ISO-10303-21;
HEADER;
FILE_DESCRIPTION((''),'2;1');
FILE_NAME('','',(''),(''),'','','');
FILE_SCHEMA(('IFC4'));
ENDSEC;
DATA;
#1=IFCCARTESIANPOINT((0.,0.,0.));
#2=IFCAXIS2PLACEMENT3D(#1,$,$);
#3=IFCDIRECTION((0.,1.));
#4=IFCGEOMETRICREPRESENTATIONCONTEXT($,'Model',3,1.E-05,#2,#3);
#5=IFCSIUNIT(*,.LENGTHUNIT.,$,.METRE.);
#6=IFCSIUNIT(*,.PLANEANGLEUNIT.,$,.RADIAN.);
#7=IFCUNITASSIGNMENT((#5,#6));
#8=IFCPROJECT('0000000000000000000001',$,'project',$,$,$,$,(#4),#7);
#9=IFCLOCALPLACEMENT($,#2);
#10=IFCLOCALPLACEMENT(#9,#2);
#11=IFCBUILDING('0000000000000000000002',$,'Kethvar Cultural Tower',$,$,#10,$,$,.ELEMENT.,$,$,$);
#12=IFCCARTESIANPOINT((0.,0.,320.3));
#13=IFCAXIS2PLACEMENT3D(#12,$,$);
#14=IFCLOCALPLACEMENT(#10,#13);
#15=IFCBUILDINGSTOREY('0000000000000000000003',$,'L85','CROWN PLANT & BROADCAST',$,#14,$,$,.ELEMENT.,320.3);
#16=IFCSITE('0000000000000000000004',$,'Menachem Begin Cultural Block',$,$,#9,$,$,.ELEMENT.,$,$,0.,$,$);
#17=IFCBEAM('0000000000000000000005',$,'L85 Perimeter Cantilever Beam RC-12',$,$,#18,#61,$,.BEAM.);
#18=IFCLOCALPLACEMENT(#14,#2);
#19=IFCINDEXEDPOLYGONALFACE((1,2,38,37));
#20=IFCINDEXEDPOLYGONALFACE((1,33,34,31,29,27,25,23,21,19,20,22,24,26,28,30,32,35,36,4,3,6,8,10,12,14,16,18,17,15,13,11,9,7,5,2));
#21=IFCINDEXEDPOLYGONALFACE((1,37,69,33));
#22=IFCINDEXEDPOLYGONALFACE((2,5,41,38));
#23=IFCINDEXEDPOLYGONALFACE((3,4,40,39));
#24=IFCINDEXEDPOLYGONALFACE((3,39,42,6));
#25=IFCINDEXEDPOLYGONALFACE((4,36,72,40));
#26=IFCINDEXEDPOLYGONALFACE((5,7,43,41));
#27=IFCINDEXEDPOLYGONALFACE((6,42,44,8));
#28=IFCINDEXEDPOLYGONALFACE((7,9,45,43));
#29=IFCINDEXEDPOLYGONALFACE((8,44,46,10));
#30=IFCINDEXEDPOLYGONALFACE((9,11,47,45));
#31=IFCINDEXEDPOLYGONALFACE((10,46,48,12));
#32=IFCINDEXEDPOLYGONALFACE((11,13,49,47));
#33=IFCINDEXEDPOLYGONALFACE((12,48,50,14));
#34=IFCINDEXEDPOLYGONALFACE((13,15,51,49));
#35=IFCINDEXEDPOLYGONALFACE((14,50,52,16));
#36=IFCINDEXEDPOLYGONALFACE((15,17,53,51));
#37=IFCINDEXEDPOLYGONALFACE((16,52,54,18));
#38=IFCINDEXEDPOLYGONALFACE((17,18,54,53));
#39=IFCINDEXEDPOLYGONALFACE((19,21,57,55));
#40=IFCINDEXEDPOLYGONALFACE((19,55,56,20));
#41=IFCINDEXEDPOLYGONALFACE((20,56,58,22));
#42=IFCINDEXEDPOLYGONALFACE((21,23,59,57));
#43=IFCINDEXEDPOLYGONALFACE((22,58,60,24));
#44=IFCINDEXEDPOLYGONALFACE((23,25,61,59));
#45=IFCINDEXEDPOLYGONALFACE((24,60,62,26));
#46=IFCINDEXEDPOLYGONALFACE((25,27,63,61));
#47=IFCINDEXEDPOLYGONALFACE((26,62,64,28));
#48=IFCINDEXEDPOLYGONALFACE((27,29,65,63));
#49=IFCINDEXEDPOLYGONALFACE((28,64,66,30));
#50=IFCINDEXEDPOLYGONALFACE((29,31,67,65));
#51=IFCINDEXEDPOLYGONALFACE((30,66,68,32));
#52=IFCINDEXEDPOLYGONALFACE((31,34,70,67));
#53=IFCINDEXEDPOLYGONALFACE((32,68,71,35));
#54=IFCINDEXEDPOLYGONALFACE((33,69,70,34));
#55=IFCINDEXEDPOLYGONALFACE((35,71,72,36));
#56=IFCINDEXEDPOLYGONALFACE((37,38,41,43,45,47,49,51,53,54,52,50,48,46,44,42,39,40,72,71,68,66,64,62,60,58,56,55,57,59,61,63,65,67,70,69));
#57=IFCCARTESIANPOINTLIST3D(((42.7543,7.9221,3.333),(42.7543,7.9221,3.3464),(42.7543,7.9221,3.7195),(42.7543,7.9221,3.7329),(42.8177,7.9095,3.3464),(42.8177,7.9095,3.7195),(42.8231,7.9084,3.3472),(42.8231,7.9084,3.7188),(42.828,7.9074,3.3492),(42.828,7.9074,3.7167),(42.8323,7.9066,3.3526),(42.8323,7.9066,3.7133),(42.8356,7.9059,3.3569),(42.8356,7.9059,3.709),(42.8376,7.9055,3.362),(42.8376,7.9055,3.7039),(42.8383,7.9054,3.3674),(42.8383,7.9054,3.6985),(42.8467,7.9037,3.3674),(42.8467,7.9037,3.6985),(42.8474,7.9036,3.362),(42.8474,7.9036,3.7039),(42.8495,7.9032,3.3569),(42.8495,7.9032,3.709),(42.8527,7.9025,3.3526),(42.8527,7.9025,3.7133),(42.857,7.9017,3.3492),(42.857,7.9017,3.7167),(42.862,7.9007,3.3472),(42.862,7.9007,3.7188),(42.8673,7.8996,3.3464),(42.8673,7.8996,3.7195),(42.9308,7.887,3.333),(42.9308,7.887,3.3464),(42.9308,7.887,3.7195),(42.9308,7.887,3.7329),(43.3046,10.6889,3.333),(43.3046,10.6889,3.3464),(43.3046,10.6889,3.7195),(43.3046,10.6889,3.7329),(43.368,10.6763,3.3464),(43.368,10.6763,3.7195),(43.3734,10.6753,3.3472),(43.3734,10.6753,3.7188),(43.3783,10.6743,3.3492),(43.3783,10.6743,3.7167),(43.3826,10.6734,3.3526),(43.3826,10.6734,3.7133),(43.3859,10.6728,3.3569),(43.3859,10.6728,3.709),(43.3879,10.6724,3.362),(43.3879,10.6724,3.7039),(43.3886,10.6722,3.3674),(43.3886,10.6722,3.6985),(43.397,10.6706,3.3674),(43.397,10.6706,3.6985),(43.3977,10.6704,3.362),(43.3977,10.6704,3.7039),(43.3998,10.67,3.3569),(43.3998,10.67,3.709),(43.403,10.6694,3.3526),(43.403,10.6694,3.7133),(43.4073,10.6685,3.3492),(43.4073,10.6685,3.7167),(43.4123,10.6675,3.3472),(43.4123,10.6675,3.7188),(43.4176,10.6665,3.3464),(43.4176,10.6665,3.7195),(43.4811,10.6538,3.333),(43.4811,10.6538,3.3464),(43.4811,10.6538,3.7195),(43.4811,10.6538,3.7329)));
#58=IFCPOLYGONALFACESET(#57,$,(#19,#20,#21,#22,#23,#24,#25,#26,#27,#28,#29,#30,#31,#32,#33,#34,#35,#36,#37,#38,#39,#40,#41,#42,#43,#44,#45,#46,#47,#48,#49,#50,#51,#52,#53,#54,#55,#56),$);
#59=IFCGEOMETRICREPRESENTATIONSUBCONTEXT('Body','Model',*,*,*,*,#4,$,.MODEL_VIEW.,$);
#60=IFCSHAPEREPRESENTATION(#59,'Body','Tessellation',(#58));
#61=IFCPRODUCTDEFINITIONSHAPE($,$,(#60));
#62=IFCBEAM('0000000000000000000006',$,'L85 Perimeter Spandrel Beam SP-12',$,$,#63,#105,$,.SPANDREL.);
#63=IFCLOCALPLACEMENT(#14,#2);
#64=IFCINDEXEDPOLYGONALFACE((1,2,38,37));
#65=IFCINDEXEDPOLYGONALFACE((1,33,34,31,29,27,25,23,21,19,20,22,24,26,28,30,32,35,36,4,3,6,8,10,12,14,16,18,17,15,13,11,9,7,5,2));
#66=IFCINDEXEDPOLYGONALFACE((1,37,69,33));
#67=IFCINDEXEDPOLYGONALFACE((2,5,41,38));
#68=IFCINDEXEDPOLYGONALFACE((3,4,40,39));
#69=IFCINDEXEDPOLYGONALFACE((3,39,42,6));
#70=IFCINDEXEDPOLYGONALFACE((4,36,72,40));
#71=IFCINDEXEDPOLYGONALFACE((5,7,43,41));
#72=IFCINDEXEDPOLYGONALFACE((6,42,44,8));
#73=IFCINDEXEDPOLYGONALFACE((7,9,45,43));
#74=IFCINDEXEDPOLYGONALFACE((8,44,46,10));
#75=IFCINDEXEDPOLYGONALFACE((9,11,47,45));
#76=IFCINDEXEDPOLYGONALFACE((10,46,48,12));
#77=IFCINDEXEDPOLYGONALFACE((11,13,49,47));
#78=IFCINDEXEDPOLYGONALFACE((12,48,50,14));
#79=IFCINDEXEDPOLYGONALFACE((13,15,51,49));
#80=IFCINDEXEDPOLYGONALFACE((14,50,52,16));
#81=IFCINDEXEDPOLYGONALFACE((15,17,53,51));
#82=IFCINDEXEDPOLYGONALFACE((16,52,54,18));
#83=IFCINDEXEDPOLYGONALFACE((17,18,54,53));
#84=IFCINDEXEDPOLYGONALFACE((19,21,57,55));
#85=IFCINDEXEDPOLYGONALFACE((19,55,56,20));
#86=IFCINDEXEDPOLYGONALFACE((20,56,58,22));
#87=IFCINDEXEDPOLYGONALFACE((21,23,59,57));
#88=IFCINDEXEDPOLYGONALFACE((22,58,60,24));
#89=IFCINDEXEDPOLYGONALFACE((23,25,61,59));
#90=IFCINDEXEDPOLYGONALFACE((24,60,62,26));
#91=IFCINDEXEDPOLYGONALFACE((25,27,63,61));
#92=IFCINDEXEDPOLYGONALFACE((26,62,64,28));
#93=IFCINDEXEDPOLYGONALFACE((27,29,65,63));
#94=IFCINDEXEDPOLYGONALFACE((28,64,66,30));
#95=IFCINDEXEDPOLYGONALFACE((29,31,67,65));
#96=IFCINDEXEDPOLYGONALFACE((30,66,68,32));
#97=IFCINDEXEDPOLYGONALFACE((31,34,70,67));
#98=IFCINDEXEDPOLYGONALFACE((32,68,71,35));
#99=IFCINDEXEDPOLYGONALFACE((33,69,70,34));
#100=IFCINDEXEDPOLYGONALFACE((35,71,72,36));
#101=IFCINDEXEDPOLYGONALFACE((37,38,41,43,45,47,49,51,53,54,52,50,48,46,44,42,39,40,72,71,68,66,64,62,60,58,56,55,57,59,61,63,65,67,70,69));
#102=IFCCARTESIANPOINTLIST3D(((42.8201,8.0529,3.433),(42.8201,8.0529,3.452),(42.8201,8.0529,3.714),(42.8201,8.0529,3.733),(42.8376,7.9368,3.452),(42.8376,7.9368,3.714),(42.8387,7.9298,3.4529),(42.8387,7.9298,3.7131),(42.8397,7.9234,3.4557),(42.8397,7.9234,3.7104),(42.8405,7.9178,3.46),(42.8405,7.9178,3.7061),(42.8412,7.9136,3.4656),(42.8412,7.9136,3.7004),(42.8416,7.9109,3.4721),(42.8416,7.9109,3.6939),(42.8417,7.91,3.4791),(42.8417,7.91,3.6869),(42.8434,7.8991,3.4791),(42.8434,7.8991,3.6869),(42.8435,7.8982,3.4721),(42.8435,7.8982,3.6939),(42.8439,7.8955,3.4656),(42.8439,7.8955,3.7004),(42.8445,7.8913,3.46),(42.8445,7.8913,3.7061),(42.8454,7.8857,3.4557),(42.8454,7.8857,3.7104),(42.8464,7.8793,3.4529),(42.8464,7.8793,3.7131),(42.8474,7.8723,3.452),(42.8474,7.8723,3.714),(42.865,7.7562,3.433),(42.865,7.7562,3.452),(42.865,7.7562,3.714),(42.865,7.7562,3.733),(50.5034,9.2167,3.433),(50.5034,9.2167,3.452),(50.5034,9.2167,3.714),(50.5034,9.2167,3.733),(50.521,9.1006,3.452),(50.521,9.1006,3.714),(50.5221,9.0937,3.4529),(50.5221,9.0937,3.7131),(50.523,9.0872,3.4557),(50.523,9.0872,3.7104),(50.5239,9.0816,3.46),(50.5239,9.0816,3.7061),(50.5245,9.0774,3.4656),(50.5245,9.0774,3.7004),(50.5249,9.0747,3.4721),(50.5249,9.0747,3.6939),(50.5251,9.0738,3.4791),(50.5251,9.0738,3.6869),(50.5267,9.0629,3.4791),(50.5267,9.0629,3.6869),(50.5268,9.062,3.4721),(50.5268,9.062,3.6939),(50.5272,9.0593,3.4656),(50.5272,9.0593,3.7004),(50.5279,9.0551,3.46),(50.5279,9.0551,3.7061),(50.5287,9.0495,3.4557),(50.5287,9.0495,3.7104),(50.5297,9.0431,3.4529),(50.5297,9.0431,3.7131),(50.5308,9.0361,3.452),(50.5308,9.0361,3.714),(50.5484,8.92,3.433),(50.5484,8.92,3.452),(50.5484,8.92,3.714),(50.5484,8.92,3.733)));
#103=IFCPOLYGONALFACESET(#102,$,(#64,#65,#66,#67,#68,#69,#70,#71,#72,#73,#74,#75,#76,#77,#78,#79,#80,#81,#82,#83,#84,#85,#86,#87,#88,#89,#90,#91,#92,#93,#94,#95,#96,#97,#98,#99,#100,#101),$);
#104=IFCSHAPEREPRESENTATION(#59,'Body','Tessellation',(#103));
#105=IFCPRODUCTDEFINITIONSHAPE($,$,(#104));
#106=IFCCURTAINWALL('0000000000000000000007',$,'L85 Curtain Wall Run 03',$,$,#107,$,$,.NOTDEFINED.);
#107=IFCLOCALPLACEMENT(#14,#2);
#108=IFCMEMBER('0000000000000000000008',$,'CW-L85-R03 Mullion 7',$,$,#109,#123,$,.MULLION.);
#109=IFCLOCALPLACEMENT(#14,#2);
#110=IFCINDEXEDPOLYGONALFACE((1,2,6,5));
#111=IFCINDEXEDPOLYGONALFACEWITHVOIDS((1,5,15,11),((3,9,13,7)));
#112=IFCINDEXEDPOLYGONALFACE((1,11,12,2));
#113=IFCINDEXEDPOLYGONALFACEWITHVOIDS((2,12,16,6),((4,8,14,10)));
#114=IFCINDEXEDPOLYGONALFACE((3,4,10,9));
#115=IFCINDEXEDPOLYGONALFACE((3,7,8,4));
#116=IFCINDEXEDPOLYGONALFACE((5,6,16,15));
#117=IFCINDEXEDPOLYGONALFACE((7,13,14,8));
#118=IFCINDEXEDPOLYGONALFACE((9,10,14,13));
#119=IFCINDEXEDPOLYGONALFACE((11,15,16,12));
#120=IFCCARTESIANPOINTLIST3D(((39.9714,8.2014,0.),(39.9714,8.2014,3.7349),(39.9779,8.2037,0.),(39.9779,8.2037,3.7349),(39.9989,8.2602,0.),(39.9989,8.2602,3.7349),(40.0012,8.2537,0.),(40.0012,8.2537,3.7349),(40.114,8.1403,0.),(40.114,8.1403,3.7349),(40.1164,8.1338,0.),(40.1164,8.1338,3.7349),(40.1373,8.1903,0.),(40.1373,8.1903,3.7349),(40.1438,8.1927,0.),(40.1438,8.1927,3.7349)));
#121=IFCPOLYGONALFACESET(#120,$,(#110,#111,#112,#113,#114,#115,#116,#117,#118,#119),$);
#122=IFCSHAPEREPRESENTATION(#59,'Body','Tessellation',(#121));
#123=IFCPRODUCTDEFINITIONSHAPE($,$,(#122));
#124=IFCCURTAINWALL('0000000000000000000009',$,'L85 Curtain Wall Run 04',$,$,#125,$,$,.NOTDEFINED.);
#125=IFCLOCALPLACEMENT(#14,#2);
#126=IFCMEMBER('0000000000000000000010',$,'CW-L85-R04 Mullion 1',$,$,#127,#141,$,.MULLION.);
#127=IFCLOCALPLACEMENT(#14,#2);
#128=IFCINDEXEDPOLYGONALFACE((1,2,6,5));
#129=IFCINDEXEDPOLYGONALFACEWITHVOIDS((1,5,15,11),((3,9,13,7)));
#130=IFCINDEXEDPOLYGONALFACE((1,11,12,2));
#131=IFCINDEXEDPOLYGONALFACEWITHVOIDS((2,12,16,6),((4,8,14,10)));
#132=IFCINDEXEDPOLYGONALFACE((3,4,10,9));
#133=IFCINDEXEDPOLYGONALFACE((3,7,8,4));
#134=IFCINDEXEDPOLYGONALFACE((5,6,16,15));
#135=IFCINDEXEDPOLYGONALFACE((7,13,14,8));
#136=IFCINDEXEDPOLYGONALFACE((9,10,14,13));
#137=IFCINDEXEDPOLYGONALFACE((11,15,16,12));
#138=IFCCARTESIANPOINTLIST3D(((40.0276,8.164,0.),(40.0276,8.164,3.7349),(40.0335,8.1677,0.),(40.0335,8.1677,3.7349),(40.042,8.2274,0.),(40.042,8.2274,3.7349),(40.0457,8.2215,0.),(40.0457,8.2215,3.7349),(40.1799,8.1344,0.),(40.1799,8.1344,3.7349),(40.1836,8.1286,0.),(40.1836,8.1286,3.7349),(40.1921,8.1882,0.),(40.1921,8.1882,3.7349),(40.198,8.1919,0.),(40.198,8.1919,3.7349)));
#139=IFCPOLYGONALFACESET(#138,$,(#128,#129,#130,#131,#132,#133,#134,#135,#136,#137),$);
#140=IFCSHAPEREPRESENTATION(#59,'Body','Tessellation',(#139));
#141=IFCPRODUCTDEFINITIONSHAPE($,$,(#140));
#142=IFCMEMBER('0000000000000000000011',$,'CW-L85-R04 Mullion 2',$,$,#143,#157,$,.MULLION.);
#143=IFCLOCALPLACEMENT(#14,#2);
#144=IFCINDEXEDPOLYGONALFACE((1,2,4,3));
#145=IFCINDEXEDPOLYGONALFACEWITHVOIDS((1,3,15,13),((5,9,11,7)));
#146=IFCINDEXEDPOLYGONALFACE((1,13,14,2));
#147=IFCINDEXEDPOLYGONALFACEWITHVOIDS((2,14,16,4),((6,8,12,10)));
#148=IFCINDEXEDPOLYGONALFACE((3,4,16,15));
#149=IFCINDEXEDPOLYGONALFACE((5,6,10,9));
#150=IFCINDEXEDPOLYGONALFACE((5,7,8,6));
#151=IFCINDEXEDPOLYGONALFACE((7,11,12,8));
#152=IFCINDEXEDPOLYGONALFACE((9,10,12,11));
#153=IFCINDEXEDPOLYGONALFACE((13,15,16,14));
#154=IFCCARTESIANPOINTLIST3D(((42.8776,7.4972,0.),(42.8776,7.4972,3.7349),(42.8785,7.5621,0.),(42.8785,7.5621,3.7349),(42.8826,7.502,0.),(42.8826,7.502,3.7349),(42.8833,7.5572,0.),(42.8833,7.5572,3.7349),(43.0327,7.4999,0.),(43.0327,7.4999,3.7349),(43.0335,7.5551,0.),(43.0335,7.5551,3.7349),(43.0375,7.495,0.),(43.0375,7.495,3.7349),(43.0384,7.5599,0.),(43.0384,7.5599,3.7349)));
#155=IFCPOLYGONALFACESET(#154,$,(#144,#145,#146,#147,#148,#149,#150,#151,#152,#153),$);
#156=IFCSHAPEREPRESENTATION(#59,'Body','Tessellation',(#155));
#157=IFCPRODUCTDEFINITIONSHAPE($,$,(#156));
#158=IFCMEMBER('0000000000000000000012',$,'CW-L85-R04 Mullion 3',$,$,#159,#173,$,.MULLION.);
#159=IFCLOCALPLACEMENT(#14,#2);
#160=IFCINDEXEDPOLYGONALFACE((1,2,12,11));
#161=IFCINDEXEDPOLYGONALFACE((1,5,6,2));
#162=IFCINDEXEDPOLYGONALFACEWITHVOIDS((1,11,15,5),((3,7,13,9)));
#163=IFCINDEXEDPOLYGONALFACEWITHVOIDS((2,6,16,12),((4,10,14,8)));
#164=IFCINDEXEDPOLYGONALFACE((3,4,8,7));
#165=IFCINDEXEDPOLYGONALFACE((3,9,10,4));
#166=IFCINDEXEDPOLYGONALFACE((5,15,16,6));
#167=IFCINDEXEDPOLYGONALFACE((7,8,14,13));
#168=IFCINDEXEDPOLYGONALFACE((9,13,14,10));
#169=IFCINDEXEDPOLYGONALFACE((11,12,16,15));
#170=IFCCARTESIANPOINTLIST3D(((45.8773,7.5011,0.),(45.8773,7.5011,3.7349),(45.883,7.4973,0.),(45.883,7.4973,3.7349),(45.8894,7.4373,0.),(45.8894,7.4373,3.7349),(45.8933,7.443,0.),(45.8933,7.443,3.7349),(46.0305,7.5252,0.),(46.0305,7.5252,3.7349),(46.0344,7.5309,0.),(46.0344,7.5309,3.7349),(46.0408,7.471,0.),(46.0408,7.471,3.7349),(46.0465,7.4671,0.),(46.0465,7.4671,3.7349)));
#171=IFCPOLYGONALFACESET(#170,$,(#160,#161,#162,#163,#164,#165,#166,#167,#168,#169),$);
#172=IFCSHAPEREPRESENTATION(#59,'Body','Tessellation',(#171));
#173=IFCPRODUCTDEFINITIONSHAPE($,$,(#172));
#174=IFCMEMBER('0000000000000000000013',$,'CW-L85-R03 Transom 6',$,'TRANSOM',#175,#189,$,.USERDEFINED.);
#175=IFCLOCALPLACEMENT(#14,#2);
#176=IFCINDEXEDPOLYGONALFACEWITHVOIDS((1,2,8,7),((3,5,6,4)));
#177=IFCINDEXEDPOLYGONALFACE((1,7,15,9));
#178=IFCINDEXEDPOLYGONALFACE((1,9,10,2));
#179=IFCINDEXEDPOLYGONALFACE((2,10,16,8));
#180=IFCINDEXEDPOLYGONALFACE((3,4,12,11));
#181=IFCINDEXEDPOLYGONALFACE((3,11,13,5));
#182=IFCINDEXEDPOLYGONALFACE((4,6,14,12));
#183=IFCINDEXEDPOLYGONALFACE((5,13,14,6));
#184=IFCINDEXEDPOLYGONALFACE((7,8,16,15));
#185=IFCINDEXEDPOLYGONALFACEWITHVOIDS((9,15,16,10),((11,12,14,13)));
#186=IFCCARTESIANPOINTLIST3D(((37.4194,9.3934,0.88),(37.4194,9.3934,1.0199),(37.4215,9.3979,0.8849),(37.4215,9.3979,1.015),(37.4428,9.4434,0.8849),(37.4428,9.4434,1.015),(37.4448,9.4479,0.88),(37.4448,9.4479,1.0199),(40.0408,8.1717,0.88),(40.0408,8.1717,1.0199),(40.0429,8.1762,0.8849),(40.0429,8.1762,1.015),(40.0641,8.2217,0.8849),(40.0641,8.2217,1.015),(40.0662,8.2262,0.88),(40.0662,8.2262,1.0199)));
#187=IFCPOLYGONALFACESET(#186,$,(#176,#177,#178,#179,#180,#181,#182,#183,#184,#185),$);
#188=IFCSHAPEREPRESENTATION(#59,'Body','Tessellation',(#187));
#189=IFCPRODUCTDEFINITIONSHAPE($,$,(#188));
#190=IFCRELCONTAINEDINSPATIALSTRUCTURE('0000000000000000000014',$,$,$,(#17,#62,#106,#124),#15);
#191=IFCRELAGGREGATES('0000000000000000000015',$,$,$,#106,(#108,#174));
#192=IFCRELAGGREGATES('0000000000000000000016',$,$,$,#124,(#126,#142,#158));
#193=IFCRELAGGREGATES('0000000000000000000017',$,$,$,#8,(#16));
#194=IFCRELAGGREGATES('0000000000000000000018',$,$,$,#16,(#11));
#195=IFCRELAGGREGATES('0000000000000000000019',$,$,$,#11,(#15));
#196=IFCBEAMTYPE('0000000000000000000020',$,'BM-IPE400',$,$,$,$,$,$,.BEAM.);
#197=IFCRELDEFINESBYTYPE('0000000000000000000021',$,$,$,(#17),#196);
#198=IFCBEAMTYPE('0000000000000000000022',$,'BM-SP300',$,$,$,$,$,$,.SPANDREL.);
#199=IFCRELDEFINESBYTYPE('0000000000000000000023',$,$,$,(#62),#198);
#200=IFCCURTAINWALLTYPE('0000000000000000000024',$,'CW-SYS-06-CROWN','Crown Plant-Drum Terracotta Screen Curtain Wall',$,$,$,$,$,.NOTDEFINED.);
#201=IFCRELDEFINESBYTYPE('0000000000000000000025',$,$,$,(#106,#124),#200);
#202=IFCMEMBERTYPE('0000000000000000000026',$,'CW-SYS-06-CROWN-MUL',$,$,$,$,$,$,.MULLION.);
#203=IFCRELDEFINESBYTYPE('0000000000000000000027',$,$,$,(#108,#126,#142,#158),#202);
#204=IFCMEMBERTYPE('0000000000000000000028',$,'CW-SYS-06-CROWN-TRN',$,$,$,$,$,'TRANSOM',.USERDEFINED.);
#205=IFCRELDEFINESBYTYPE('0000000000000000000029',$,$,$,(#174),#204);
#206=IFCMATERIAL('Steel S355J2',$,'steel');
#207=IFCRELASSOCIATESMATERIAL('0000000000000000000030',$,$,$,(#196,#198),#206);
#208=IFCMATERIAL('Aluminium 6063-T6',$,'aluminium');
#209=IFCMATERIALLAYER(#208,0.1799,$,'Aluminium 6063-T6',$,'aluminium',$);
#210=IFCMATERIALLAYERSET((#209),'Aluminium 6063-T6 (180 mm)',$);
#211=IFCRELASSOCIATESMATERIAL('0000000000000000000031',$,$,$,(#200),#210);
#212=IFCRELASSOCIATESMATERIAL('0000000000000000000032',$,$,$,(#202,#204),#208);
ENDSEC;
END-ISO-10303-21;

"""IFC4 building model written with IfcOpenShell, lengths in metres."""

from ifc_helpers import new_model, si_unit, direction, frame, origin, origin_2d, place, context, subcontext, project, spatial, hollow_rectangle, i_section, extrude, source, transform, mapped, material, layer, layer_set, material_profile, profile_set, type_object, element, aggregate, save


model = new_model("IFC4")

# Units and contexts
model_context = context("Model", 3, precision=1e-05, world=origin(), true_north=direction((0.0, 1.0)))
body_context = subcontext(model_context, "Body", "Model", "MODEL_VIEW")
ifc_project = project(units=[si_unit("LENGTHUNIT", "METRE"), si_unit("PLANEANGLEUNIT", "RADIAN")], contexts=[model_context])

# Site, building, storey
site_placement = place(None, origin())
site = spatial("IfcSite", under=ifc_project, at=site_placement, Name="Menachem Begin Cultural Block", CompositionType="ELEMENT", RefElevation=0.0)
building_placement = place(site_placement, origin())
building = spatial("IfcBuilding", under=site, at=building_placement, Name="Kethvar Cultural Tower", CompositionType="ELEMENT")
storey_placement = place(building_placement, frame((0.0, 0.0, 320.3)))
storey = spatial("IfcBuildingStorey", under=building, at=storey_placement, Name="L85", Description="CROWN PLANT & BROADCAST", CompositionType="ELEMENT", Elevation=320.3)

# Shared definitions
ifc_material_1 = material(Name="Steel S355J2", Category="steel")

# Beams
ifc_material_profile_1 = material_profile(ifc_material_1, i_section(OverallWidth=0.1799, OverallDepth=0.3999, WebThickness=0.0085, FlangeThickness=0.0134, FilletRadius=0.021, at=origin_2d()), Name="Steel S355J2 — IPE400")
ifc_profile_set_1 = profile_set([ifc_material_profile_1], Name="Steel S355J2 — IPE400")
beam_type_1 = type_object("IfcBeamType", Name="BM-IPE400", PredefinedType="BEAM", material=ifc_profile_set_1)
shared_shape_1 = source(origin(), body_context, "Body", "SweptSolid", [
    extrude(i_section(OverallWidth=0.1799, OverallDepth=0.3999, WebThickness=0.0085, FlangeThickness=0.0134, FilletRadius=0.021, at=origin_2d()), origin(), (0.0, 0.0, 1.0), 2.821),
])
beam_1_placement = place(storey_placement, frame((43.3928, 10.6714, 3.533), z_axis=(-0.195068, -0.98079, 0.0), x_axis=(0.98079, -0.195068, 0.0)))
element("IfcBeam", 1, at=beam_1_placement, inside=storey, type_object=beam_type_1, Name="L85 Perimeter Cantilever Beam RC-12", PredefinedType="BEAM", context=body_context, shape_type="MappedRepresentation", body=[
    mapped(shared_shape_1, transform((0.0, 0.0, 0.0), scale=1.0)),
])
ifc_material_profile_2 = material_profile(ifc_material_1, i_section(OverallWidth=0.3, OverallDepth=0.3, WebThickness=0.011, FlangeThickness=0.019, FilletRadius=0.0271, at=origin_2d()), Name="Steel S355J2 — HEB300")
ifc_profile_set_2 = profile_set([ifc_material_profile_2], Name="Steel S355J2 — HEB300")
beam_type_2 = type_object("IfcBeamType", Name="BM-SP300", PredefinedType="SPANDREL", material=ifc_profile_set_2)
shared_shape_2 = source(origin(), body_context, "Body", "SweptSolid", [
    extrude(i_section(OverallWidth=0.3, OverallDepth=0.3, WebThickness=0.011, FlangeThickness=0.019, FilletRadius=0.0271, at=origin_2d()), origin(), (0.0, 0.0, 1.0), 7.771),
])
beam_2_placement = place(storey_placement, frame((42.8425, 7.9045, 3.583), z_axis=(0.988722, 0.149764, 0.0), x_axis=(-0.149764, 0.988722, 0.0)))
element("IfcBeam", 2, at=beam_2_placement, inside=storey, type_object=beam_type_2, Name="L85 Perimeter Spandrel Beam SP-12", PredefinedType="SPANDREL", context=body_context, shape_type="MappedRepresentation", body=[
    mapped(shared_shape_2, transform((0.0, 0.0, 0.0), scale=1.0)),
])

# Curtain wall, member
ifc_material_2 = material(Name="Aluminium 6063-T6", Category="aluminium")
ifc_layer_1 = layer(ifc_material_2, 0.1799, Name="Aluminium 6063-T6", Category="aluminium")
ifc_layer_set_1 = layer_set([ifc_layer_1], Name="Aluminium 6063-T6 (180 mm)")
curtain_wall_type = type_object("IfcCurtainWallType", Name="CW-SYS-06-CROWN", Description="Crown Plant-Drum Terracotta Screen Curtain Wall", PredefinedType="NOTDEFINED", material=ifc_layer_set_1)
curtain_wall_1_placement = place(storey_placement, origin())
curtain_wall_1 = element("IfcCurtainWall", 3, at=curtain_wall_1_placement, inside=storey, type_object=curtain_wall_type, Name="L85 Curtain Wall Run 03", PredefinedType="NOTDEFINED")
ifc_material_profile_3 = material_profile(ifc_material_2, hollow_rectangle(XDim=0.0649, YDim=0.1599, WallThickness=0.0049, at=origin_2d()), Name="Aluminium 6063-T6 — RHS160x65x5")
ifc_profile_set_3 = profile_set([ifc_material_profile_3], Name="Aluminium 6063-T6 — RHS160x65x5")
member_type_1 = type_object("IfcMemberType", Name="CW-SYS-06-CROWN-MUL", PredefinedType="MULLION", material=ifc_profile_set_3)
shared_shape_3 = source(origin(), body_context, "Body", "SweptSolid", [
    extrude(hollow_rectangle(XDim=0.0649, YDim=0.1599, WallThickness=0.0049, at=origin_2d()), origin(), (0.0, 0.0, 1.0), 3.7349),
])
member_1_placement = place(storey_placement, frame((40.0576, 8.197, 0.0), z_axis=(0.0, 0.0, 1.0), x_axis=(0.422476, 0.906374, 0.0)))
member_1 = element("IfcMember", 4, at=member_1_placement, type_object=member_type_1, Name="CW-L85-R03 Mullion 7", PredefinedType="MULLION", context=body_context, shape_type="MappedRepresentation", body=[
    mapped(shared_shape_3, transform((0.0, 0.0, 0.0), scale=1.0)),
])

# Curtain wall, members
curtain_wall_2_placement = place(storey_placement, origin())
curtain_wall_2 = element("IfcCurtainWall", 5, at=curtain_wall_2_placement, inside=storey, type_object=curtain_wall_type, Name="L85 Curtain Wall Run 04", PredefinedType="NOTDEFINED")
member_2_placement = place(storey_placement, frame((40.1128, 8.178, 0.0), z_axis=(0.0, 0.0, 1.0), x_axis=(0.221685, 0.975118, 0.0)))
member_2 = element("IfcMember", 6, at=member_2_placement, type_object=member_type_1, Name="CW-L85-R04 Mullion 1", PredefinedType="MULLION", context=body_context, shape_type="MappedRepresentation", body=[
    mapped(shared_shape_3, transform((0.0, 0.0, 0.0), scale=1.0)),
])
member_3_placement = place(storey_placement, frame((42.958, 7.5286, 0.0), z_axis=(0.0, 0.0, 1.0), x_axis=(0.013962, 0.999903, 0.0)))
member_3 = element("IfcMember", 7, at=member_3_placement, type_object=member_type_1, Name="CW-L85-R04 Mullion 2", PredefinedType="MULLION", context=body_context, shape_type="MappedRepresentation", body=[
    mapped(shared_shape_3, transform((0.0, 0.0, 0.0), scale=1.0)),
])
member_4_placement = place(storey_placement, frame((45.9619, 7.4841, 0.0), z_axis=(0.0, 0.0, 1.0), x_axis=(-0.186215, 0.982509, 0.0)))
member_4 = element("IfcMember", 8, at=member_4_placement, type_object=member_type_1, Name="CW-L85-R04 Mullion 3", PredefinedType="MULLION", context=body_context, shape_type="MappedRepresentation", body=[
    mapped(shared_shape_3, transform((0.0, 0.0, 0.0), scale=1.0)),
])

# Member
ifc_material_profile_4 = material_profile(ifc_material_2, hollow_rectangle(XDim=0.0601, YDim=0.1399, WallThickness=0.0049, at=origin_2d()), Name="Aluminium 6063-T6 — RHS140x60x5")
ifc_profile_set_4 = profile_set([ifc_material_profile_4], Name="Aluminium 6063-T6 — RHS140x60x5")
member_type_2 = type_object("IfcMemberType", Name="CW-SYS-06-CROWN-TRN", ElementType="TRANSOM", PredefinedType="USERDEFINED", material=ifc_profile_set_4)
shared_shape_4 = source(origin(), body_context, "Body", "SweptSolid", [
    extrude(hollow_rectangle(XDim=0.0601, YDim=0.1399, WallThickness=0.0049, at=origin_2d()), origin(), (0.0, 0.0, 1.0), 2.8921),
])
member_5_placement = place(storey_placement, frame((37.4321, 9.4207, 0.95), z_axis=(0.906397, -0.422428, 0.0), x_axis=(0.422428, 0.906397, 0.0)))
member_5 = element("IfcMember", 9, at=member_5_placement, type_object=member_type_2, Name="CW-L85-R03 Transom 6", ObjectType="TRANSOM", PredefinedType="USERDEFINED", context=body_context, shape_type="MappedRepresentation", body=[
    mapped(shared_shape_4, transform((0.0, 0.0, 0.0), scale=1.0)),
])

aggregate(curtain_wall_1, [member_1, member_5])
aggregate(curtain_wall_2, [member_2, member_3, member_4])

save(model, "model.ifc")
